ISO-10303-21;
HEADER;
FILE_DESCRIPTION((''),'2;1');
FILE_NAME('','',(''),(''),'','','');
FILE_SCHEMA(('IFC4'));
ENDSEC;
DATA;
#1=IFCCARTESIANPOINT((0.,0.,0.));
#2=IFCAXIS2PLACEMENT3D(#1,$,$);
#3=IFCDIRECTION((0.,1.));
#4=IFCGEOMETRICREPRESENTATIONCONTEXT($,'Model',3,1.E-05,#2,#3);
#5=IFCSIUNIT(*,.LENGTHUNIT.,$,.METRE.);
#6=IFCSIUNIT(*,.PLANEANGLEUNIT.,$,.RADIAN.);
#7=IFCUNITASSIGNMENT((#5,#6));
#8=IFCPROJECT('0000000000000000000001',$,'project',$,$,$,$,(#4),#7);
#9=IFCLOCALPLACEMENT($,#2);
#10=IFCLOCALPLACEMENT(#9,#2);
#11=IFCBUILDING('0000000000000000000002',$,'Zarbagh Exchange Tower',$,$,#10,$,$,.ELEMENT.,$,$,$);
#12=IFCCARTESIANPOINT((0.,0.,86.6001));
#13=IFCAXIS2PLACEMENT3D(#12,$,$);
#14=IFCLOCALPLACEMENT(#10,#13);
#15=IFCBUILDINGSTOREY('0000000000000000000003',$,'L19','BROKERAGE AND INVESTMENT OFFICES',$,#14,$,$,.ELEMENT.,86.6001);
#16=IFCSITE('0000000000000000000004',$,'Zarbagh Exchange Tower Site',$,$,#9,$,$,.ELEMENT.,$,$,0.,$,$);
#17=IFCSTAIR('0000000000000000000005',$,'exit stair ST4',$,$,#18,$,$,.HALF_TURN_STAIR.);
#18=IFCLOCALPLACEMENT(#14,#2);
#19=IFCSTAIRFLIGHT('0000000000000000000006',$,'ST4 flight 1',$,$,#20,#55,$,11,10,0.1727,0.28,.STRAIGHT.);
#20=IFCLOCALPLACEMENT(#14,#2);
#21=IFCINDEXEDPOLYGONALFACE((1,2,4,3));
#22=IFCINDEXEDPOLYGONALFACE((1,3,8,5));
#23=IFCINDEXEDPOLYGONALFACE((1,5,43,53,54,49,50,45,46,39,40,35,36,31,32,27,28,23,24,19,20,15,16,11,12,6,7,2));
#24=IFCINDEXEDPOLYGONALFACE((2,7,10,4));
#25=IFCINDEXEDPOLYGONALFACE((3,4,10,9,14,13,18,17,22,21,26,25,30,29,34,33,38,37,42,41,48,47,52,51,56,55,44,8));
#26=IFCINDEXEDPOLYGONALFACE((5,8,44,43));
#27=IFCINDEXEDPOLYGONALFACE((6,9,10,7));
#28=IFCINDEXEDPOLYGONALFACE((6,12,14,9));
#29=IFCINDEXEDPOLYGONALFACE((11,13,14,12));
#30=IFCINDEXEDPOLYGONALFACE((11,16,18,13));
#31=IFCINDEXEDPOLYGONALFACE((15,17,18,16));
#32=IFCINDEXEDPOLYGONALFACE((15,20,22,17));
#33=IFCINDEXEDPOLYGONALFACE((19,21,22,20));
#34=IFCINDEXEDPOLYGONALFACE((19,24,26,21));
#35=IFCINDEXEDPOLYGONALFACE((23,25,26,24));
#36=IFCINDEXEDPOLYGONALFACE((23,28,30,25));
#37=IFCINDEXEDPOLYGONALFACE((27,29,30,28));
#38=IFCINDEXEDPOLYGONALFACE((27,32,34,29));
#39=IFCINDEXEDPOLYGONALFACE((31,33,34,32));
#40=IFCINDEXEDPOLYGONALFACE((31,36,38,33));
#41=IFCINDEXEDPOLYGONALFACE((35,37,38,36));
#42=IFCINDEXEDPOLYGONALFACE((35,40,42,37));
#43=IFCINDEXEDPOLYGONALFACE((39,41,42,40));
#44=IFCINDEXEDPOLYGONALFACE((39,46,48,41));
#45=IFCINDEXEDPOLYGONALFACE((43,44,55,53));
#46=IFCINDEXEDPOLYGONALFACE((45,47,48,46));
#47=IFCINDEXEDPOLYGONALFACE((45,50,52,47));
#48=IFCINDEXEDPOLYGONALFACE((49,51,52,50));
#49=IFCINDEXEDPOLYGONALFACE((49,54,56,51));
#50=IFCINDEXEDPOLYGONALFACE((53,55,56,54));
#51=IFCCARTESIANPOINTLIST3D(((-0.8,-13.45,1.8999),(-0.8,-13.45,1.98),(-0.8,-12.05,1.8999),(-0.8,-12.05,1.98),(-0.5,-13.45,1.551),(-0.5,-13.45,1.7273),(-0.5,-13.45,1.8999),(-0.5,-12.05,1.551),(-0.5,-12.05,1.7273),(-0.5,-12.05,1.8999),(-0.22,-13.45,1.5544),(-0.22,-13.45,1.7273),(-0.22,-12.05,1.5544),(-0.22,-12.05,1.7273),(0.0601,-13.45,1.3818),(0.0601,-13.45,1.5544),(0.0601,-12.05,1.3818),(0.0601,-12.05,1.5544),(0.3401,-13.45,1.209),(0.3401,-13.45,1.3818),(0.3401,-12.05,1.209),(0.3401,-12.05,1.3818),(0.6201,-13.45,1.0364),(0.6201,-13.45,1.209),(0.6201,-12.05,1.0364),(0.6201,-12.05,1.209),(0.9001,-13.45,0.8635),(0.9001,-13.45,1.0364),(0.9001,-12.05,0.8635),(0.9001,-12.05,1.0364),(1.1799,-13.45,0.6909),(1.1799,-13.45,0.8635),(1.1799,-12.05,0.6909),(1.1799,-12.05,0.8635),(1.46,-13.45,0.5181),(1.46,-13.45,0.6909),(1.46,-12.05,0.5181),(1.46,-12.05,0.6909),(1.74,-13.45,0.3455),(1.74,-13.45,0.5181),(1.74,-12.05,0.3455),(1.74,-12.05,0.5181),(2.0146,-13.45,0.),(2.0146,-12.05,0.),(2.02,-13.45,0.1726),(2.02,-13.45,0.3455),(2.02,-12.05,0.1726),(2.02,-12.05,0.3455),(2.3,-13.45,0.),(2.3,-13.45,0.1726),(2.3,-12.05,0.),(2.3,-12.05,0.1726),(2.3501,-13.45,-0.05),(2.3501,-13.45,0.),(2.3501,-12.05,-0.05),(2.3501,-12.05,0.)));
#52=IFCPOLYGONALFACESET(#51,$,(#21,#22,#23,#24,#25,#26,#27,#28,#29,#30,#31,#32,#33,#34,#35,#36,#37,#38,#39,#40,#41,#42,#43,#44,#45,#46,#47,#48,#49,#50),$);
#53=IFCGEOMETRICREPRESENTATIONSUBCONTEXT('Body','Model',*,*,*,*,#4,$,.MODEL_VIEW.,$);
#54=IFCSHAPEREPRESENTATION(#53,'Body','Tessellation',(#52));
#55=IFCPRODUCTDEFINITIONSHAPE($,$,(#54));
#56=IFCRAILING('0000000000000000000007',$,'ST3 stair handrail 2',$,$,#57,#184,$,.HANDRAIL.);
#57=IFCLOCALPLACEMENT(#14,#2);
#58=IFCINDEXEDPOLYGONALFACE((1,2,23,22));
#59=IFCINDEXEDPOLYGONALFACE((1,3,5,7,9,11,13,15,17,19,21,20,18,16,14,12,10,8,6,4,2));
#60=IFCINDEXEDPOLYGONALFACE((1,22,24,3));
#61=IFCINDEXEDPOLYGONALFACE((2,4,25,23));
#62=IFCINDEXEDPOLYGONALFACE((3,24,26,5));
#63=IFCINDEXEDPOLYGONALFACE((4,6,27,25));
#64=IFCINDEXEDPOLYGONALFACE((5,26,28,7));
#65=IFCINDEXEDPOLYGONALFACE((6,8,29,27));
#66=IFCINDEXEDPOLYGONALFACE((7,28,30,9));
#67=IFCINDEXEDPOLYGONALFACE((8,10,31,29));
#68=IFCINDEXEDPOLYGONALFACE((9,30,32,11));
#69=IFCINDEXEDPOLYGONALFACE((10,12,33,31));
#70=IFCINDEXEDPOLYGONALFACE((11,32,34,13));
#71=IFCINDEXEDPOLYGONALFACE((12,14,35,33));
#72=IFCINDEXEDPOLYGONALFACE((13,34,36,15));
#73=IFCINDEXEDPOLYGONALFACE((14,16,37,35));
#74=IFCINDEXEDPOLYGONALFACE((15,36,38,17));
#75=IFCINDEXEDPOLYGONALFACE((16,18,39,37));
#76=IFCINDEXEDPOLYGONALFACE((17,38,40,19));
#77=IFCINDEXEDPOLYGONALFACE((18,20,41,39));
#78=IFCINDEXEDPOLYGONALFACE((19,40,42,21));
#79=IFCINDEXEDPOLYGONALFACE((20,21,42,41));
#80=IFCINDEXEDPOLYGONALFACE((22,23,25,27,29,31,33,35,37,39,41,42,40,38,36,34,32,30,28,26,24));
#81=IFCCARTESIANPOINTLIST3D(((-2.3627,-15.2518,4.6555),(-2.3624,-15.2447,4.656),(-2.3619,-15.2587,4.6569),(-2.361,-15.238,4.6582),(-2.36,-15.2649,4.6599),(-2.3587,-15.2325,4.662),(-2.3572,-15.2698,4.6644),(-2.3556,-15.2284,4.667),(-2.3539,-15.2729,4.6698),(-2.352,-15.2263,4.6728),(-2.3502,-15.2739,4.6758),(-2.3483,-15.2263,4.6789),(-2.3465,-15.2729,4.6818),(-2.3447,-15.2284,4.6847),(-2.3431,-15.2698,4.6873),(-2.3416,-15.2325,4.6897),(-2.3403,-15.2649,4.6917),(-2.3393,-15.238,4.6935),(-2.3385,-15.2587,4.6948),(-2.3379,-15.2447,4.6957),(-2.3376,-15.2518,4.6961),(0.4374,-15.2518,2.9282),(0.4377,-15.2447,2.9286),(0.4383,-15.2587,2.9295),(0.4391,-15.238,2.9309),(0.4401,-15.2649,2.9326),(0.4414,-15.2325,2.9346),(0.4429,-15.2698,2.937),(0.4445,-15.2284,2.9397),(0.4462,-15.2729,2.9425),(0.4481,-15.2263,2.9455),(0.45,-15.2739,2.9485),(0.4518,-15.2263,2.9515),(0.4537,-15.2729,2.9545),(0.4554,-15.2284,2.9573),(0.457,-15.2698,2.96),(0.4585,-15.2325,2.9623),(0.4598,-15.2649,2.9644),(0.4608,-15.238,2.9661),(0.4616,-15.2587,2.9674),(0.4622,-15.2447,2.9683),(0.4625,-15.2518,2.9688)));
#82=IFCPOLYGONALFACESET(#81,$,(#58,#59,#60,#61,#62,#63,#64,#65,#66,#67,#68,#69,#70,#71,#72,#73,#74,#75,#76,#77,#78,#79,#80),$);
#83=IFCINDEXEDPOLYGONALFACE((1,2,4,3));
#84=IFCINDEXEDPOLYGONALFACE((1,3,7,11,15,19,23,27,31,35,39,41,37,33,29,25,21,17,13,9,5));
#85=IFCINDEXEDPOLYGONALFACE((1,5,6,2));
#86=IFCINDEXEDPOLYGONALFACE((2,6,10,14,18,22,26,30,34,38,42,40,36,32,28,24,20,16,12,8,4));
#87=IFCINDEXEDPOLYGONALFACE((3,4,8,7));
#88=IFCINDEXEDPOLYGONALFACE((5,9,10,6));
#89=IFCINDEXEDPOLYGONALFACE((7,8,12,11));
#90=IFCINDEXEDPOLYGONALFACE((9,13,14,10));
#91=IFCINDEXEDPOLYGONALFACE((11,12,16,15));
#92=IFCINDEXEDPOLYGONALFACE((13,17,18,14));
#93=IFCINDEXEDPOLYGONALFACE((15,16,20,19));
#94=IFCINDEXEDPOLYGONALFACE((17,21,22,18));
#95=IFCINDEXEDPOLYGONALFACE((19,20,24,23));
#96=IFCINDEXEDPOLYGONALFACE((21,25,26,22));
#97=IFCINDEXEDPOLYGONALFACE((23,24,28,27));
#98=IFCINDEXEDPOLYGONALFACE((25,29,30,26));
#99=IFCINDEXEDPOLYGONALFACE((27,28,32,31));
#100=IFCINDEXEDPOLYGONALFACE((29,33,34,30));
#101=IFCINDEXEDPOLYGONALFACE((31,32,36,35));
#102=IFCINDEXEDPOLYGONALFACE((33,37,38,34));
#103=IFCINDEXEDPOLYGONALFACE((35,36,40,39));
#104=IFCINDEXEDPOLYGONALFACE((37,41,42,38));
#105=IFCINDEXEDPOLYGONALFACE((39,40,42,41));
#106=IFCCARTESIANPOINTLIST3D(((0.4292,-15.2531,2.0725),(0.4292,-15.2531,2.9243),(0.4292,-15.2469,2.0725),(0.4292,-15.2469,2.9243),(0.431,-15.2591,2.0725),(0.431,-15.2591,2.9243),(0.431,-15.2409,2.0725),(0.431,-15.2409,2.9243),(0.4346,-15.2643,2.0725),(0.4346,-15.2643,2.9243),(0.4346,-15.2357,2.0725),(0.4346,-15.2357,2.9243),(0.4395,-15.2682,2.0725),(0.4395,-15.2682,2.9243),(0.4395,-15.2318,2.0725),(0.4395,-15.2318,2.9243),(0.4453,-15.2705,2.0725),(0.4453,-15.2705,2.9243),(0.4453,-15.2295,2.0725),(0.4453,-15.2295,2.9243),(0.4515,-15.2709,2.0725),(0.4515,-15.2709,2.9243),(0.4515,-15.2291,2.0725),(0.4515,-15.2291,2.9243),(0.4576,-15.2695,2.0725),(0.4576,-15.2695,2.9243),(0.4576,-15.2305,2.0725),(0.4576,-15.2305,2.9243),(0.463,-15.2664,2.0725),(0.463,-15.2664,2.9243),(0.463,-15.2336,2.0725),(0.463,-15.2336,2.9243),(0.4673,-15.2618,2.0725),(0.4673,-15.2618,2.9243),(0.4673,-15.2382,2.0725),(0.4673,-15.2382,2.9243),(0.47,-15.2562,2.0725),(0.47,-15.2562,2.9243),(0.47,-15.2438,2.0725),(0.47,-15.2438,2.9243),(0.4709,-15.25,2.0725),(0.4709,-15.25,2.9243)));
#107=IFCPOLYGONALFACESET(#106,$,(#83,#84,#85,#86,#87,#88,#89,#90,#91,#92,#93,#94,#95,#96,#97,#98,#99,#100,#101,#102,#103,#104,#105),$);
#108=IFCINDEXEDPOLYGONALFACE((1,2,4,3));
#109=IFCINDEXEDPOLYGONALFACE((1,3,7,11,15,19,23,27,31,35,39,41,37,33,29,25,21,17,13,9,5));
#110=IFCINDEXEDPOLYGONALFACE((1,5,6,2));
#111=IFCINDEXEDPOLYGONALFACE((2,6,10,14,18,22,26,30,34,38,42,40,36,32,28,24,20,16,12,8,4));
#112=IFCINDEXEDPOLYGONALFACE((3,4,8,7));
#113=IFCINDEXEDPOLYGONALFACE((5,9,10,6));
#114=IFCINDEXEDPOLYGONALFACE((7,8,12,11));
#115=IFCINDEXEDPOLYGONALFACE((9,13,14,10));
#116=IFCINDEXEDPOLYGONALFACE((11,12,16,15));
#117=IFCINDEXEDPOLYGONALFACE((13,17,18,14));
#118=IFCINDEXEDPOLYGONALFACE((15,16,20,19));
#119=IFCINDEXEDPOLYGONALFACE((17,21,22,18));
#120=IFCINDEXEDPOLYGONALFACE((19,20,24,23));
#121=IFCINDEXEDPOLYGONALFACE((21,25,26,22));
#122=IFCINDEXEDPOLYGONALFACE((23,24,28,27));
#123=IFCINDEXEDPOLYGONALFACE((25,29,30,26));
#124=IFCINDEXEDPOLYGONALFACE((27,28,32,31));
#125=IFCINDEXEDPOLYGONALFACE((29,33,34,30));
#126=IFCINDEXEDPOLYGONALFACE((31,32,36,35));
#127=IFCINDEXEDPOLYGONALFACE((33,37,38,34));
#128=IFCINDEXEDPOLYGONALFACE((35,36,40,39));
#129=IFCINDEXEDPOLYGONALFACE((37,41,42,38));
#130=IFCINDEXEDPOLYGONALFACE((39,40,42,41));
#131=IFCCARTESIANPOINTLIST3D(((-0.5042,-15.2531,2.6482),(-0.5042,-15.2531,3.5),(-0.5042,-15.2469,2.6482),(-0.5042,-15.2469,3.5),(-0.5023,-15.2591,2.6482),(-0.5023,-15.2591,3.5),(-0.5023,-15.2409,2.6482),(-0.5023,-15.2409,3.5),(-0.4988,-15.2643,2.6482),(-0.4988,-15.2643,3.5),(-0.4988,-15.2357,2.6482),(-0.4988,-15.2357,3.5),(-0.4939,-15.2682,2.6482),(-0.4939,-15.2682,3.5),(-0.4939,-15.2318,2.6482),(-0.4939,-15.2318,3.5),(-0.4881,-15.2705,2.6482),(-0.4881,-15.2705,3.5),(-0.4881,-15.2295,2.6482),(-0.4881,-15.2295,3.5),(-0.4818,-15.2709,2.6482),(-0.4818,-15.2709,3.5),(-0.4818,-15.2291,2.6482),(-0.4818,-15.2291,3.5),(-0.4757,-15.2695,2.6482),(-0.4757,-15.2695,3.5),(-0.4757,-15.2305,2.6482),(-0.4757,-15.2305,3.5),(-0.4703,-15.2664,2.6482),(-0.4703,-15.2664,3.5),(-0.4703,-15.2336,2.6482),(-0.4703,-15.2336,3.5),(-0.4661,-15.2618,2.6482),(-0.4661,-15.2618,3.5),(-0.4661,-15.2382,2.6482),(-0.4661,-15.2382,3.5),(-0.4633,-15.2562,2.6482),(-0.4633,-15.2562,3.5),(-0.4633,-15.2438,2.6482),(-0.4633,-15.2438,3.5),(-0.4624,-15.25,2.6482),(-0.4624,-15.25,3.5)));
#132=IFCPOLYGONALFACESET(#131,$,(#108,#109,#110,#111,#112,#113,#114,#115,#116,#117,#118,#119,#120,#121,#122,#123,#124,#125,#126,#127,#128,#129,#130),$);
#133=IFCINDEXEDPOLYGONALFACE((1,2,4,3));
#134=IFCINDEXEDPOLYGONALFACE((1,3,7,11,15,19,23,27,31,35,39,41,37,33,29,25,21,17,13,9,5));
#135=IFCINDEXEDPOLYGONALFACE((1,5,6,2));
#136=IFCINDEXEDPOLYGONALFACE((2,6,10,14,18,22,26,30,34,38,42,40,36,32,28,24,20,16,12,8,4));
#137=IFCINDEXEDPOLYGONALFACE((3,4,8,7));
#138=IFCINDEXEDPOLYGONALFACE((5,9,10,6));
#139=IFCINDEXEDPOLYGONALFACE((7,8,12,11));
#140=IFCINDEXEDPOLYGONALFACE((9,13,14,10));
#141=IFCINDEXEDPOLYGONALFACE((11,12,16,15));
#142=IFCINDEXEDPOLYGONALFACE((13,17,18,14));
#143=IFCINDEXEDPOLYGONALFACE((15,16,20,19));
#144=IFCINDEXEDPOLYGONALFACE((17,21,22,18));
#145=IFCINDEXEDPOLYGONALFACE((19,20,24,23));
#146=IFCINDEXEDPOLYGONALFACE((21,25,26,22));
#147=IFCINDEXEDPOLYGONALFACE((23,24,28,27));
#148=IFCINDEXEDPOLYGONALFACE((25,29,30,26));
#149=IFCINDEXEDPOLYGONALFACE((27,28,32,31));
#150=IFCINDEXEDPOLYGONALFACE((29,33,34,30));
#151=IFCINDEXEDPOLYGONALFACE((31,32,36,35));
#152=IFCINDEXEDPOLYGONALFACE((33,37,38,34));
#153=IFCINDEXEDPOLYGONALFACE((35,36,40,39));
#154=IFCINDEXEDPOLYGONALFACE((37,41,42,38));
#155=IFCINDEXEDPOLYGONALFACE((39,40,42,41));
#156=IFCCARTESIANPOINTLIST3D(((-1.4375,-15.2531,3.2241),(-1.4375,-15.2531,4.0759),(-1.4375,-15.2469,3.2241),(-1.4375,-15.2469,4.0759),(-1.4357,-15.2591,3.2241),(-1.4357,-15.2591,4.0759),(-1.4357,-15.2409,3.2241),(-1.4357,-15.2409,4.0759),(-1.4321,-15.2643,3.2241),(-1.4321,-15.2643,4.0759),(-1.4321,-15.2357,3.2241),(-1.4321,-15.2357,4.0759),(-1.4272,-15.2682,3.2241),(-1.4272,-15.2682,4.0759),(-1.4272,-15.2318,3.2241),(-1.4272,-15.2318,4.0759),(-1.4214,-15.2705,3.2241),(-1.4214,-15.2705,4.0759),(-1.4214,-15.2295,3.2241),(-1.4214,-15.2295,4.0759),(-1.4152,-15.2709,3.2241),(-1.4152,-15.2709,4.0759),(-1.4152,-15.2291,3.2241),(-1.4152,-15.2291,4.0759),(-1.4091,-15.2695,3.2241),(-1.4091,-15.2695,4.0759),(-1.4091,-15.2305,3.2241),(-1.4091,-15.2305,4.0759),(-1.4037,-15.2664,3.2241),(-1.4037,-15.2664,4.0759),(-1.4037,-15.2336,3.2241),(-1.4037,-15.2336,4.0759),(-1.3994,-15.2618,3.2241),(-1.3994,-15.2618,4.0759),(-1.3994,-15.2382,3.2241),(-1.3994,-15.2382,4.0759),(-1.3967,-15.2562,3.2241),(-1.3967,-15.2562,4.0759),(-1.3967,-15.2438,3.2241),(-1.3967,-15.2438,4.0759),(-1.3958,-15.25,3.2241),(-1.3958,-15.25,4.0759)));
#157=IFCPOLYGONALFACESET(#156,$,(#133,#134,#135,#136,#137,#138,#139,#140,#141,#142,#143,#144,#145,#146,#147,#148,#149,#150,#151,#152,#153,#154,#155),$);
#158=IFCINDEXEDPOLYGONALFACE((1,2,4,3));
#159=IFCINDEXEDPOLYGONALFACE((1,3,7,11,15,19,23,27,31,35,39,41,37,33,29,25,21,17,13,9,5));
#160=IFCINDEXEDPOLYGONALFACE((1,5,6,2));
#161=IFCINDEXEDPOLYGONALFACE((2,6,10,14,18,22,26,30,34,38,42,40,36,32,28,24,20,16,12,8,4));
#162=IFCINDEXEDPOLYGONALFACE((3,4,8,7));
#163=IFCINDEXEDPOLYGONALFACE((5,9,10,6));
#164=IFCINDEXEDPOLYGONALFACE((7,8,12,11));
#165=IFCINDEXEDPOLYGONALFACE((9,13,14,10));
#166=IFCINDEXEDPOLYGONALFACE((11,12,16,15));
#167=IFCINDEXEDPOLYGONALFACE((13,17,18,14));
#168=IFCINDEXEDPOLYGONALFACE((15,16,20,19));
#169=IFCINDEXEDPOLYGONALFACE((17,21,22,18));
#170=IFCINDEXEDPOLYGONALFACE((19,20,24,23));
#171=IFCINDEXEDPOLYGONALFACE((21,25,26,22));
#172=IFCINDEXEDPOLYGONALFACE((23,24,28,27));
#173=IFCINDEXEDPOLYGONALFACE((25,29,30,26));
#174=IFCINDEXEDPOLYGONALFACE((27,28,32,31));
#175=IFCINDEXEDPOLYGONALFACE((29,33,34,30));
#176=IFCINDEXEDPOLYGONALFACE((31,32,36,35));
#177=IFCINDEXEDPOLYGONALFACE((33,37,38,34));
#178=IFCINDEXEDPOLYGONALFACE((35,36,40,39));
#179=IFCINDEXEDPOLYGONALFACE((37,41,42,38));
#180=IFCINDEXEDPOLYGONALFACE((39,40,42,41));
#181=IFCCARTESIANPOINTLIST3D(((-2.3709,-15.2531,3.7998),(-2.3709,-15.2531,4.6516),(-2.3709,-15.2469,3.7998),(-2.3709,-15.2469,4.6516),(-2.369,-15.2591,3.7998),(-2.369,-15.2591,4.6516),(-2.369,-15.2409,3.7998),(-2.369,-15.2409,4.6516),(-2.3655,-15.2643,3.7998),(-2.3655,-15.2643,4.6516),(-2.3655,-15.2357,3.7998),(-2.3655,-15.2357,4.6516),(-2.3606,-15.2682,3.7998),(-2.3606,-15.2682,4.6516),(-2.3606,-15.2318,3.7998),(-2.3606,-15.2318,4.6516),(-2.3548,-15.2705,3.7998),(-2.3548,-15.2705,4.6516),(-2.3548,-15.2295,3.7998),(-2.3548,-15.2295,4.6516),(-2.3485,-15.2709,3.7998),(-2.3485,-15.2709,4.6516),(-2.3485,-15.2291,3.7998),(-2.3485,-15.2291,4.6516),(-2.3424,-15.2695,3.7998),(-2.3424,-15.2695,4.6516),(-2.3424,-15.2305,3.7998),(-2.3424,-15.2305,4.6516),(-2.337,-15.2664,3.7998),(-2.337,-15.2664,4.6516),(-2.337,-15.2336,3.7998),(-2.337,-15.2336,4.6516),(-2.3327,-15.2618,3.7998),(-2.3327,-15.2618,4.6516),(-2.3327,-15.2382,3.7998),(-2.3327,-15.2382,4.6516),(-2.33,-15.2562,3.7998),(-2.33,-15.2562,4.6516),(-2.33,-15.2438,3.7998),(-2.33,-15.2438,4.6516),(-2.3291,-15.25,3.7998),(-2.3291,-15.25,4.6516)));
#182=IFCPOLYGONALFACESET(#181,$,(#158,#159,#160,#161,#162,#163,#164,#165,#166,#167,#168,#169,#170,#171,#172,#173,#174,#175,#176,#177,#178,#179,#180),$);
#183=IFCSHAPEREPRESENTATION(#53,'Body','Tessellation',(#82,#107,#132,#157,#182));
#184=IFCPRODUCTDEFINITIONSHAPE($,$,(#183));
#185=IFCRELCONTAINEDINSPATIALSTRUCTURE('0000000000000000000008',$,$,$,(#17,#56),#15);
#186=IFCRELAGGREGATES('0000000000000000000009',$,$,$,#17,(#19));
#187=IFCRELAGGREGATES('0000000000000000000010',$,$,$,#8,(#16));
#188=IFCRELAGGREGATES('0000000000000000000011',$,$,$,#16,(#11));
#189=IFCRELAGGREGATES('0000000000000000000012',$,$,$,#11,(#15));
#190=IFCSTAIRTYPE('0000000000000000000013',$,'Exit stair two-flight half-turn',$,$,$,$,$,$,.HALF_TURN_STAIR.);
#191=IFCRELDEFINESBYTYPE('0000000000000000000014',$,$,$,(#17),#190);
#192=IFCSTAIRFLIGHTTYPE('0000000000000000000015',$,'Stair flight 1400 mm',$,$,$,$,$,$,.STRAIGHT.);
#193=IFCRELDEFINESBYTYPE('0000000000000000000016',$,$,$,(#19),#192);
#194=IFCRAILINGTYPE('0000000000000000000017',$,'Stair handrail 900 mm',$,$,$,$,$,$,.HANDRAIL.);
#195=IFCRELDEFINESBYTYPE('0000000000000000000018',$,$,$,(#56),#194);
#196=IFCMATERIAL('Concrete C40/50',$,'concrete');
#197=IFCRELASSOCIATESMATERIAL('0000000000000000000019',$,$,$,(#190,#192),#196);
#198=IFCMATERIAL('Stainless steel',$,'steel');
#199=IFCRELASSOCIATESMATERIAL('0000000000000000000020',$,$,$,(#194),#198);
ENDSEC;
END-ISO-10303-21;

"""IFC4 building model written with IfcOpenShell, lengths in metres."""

from ifc_helpers import new_model, si_unit, direction, frame, origin, origin_2d, place, context, subcontext, project, spatial, polyline, circle, outline, extrude, material, type_object, element, aggregate, save


model = new_model("IFC4")

# Units and contexts
model_context = context("Model", 3, precision=1e-05, world=origin(), true_north=direction((0.0, 1.0)))
body_context = subcontext(model_context, "Body", "Model", "MODEL_VIEW")
ifc_project = project(units=[si_unit("LENGTHUNIT", "METRE"), si_unit("PLANEANGLEUNIT", "RADIAN")], contexts=[model_context])

# Site, building, storey
site_placement = place(None, origin())
site = spatial("IfcSite", under=ifc_project, at=site_placement, Name="Zarbagh Exchange Tower Site", CompositionType="ELEMENT", RefElevation=0.0)
building_placement = place(site_placement, origin())
building = spatial("IfcBuilding", under=site, at=building_placement, Name="Zarbagh Exchange Tower", CompositionType="ELEMENT")
storey_placement = place(building_placement, frame((0.0, 0.0, 86.6001)))
storey = spatial("IfcBuildingStorey", under=building, at=storey_placement, Name="L19", Description="BROKERAGE AND INVESTMENT OFFICES", CompositionType="ELEMENT", Elevation=86.6001)

# Stair, stair flight
ifc_material_1 = material(Name="Concrete C40/50", Category="concrete")
stair_type = type_object("IfcStairType", Name="Exit stair two-flight half-turn", PredefinedType="HALF_TURN_STAIR", material=ifc_material_1)
stair_1_placement = place(storey_placement, origin())
stair_1 = element("IfcStair", 1, at=stair_1_placement, inside=storey, type_object=stair_type, Name="exit stair ST4", PredefinedType="HALF_TURN_STAIR")
stair_flight_type_1 = type_object("IfcStairFlightType", Name="Stair flight 1400 mm", PredefinedType="STRAIGHT", material=ifc_material_1)
stair_flight_1_placement = place(storey_placement, frame((2.3, -12.75, 0.0), z_axis=(0.0, 0.0, 1.0), x_axis=(-1.0, 0.0, 0.0)))
stair_flight_1 = element("IfcStairFlight", 2, at=stair_flight_1_placement, type_object=stair_flight_type_1, Name="ST4 flight 1", NumberOfRisers=11, NumberOfTreads=10, PredefinedType="STRAIGHT", RiserHeight=0.1727, TreadLength=0.28, context=body_context, shape_type="SweptSolid", body=[
    extrude(outline(polyline([(-0.05, -0.05), (-0.05, 0.0), (0.0, 0.0), (0.0, 0.1726), (0.28, 0.1726), (0.28, 0.3455), (0.5601, 0.3455), (0.5601, 0.5181), (0.8401, 0.5181), (0.8401, 0.6909), (1.1201, 0.6909), (1.1201, 0.8635), (1.3999, 0.8635), (1.3999, 1.0364), (1.6799, 1.0364), (1.6799, 1.209), (1.96, 1.209), (1.96, 1.3818), (2.24, 1.3818), (2.24, 1.5544), (2.52, 1.5544), (2.52, 1.7273), (2.8, 1.7273), (2.8, 1.8999), (3.1001, 1.98), (3.1001, 1.8999), (2.8, 1.551), (0.2854, 0.0), (-0.05, -0.05)])), frame((0.0, 0.7, 0.0), z_axis=(0.0, -1.0, 0.0), x_axis=(1.0, 0.0, 0.0)), (0.0, 0.0, 1.0), 1.3999),
])
aggregate(stair_1, [stair_flight_1])

# Railing
ifc_material_2 = material(Name="Stainless steel", Category="steel")
railing_type_1 = type_object("IfcRailingType", Name="Stair handrail 900 mm", PredefinedType="HANDRAIL", material=ifc_material_2)
for number, where, name in (
    (3, (0.45, -15.25, 2.0725), "ST3 stair handrail 2"),
):
    element("IfcRailing", number, at=place(storey_placement, frame(where)), inside=storey, type_object=railing_type_1, Name=name, PredefinedType="HANDRAIL", context=body_context, shape_type="SweptSolid", body=[
        extrude(circle(Radius=0.0239, at=origin_2d()), frame((0.0, 0.0, 0.876), z_axis=(-0.85109, 0.0, 0.52502), x_axis=(0.0, -1.0, 0.0)), (0.0, 0.0, 1.0), 3.29),
        extrude(circle(Radius=0.021, at=origin_2d()), origin(), (0.0, 0.0, 1.0), 0.8518),
        extrude(circle(Radius=0.021, at=origin_2d()), frame((-0.9333, 0.0, 0.5757)), (0.0, 0.0, 1.0), 0.8518),
        extrude(circle(Radius=0.021, at=origin_2d()), frame((-1.8667, 0.0, 1.1516)), (0.0, 0.0, 1.0), 0.8518),
        extrude(circle(Radius=0.021, at=origin_2d()), frame((-2.8, 0.0, 1.7273)), (0.0, 0.0, 1.0), 0.8518),
    ])

save(model, "model.ifc")
